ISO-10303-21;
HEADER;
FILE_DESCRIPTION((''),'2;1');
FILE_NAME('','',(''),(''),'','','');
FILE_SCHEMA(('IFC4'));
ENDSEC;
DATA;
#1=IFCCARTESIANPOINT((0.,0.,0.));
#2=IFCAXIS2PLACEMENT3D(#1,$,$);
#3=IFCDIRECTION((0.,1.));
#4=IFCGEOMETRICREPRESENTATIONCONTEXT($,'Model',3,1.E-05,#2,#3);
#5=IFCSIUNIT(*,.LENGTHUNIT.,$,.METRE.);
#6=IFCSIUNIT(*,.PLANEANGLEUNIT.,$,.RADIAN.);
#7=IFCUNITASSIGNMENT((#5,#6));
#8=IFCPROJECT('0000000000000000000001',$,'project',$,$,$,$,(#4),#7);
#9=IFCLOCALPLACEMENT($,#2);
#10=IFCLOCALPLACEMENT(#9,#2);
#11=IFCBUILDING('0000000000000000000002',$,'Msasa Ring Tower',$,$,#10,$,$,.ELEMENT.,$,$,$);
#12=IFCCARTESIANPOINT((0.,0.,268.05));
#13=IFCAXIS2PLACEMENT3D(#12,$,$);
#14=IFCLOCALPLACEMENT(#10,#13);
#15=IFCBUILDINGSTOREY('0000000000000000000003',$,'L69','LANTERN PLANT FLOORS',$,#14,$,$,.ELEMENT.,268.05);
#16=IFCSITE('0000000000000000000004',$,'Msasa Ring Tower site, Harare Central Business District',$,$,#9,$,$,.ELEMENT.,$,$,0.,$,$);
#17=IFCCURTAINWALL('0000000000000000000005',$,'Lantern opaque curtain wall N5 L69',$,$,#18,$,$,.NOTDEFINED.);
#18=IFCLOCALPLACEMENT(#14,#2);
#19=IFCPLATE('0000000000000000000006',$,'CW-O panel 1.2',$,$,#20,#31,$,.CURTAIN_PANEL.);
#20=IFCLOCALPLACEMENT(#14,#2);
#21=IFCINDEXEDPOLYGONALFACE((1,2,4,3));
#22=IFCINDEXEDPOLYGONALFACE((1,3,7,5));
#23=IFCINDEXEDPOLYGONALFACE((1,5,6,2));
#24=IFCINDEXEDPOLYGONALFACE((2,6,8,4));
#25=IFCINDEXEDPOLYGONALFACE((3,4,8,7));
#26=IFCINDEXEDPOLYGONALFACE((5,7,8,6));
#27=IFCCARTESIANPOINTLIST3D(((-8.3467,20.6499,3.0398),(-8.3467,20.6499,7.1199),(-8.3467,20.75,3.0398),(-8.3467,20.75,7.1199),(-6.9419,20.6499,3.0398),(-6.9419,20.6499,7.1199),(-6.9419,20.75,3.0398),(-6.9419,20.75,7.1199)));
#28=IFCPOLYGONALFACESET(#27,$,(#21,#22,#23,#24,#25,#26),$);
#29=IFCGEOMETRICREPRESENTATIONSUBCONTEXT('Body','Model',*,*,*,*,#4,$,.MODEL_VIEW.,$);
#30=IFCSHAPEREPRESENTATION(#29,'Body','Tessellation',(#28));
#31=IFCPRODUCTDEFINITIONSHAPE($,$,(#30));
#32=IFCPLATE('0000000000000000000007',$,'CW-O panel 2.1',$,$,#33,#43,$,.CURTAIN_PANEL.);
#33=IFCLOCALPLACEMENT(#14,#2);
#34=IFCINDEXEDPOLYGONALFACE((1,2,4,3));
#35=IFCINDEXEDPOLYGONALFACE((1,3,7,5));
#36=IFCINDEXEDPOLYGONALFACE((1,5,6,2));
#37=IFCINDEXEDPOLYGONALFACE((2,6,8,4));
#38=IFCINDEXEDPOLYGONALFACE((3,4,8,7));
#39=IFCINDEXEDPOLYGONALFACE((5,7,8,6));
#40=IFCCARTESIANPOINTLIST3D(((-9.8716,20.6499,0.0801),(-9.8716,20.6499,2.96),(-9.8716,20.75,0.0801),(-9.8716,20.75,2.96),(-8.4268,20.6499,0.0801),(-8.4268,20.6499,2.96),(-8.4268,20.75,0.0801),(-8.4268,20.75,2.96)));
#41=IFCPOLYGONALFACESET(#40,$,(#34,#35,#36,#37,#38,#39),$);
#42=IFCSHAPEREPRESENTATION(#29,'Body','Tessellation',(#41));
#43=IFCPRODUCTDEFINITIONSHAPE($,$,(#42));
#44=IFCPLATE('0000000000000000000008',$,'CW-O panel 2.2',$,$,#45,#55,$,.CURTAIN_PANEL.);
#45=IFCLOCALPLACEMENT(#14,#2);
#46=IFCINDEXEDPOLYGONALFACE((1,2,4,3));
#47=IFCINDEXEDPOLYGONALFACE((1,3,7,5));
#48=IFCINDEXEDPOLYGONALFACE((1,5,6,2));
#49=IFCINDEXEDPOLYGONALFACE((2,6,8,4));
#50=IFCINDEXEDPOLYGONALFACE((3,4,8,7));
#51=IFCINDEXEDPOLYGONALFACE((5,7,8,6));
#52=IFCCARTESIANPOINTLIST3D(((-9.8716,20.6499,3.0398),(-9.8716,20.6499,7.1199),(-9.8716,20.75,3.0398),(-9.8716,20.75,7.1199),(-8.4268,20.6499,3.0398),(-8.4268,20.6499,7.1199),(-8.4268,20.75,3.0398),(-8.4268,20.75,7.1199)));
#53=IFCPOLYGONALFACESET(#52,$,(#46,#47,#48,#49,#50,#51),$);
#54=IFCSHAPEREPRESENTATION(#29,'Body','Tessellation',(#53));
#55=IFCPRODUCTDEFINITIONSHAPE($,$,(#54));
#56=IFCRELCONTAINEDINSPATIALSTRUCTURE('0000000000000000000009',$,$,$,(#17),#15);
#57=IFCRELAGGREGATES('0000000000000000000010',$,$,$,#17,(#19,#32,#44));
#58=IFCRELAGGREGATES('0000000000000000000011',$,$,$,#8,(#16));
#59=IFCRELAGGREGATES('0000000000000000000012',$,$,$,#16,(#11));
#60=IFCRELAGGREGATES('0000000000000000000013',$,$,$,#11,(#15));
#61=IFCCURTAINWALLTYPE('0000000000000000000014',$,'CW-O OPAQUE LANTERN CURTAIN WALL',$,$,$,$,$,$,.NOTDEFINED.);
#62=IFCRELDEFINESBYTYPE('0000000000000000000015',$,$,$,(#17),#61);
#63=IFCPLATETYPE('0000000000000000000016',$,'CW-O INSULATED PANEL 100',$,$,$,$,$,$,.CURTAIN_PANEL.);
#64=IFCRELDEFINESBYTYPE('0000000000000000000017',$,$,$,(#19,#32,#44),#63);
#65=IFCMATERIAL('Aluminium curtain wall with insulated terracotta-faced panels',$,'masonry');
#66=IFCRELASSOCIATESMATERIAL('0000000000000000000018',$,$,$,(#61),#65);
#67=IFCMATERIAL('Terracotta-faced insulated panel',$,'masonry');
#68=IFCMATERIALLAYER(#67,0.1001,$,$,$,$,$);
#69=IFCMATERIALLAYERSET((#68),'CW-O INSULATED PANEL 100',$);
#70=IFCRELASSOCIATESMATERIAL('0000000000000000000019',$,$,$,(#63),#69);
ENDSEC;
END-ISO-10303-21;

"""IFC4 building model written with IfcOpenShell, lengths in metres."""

from ifc_helpers import new_model, si_unit, direction, frame, origin, origin_2d, place, context, subcontext, project, spatial, rectangle, extrude, material, layer, layer_set, type_object, element, aggregate, save


model = new_model("IFC4")

# Units and contexts
model_context = context("Model", 3, precision=1e-05, world=origin(), true_north=direction((0.0, 1.0)))
body_context = subcontext(model_context, "Body", "Model", "MODEL_VIEW")
ifc_project = project(units=[si_unit("LENGTHUNIT", "METRE"), si_unit("PLANEANGLEUNIT", "RADIAN")], contexts=[model_context])

# Site, building, storey
site_placement = place(None, origin())
site = spatial("IfcSite", under=ifc_project, at=site_placement, Name="Msasa Ring Tower site, Harare Central Business District", CompositionType="ELEMENT", RefElevation=0.0)
building_placement = place(site_placement, origin())
building = spatial("IfcBuilding", under=site, at=building_placement, Name="Msasa Ring Tower", CompositionType="ELEMENT")
storey_placement = place(building_placement, frame((0.0, 0.0, 268.05)))
storey = spatial("IfcBuildingStorey", under=building, at=storey_placement, Name="L69", Description="LANTERN PLANT FLOORS", CompositionType="ELEMENT", Elevation=268.05)

# Curtain wall
ifc_material_1 = material(Name="Aluminium curtain wall with insulated terracotta-faced panels", Category="masonry")
curtain_wall_type_1 = type_object("IfcCurtainWallType", Name="CW-O OPAQUE LANTERN CURTAIN WALL", PredefinedType="NOTDEFINED", material=ifc_material_1)
curtain_wall_1_placement = place(storey_placement, origin())
curtain_wall_1 = element("IfcCurtainWall", 1, at=curtain_wall_1_placement, inside=storey, type_object=curtain_wall_type_1, Name="Lantern opaque curtain wall N5 L69", PredefinedType="NOTDEFINED")

# Plates
ifc_material_2 = material(Name="Terracotta-faced insulated panel", Category="masonry")
ifc_layer_1 = layer(ifc_material_2, 0.1001)
ifc_layer_set_1 = layer_set([ifc_layer_1], Name="CW-O INSULATED PANEL 100")
plate_type_1 = type_object("IfcPlateType", Name="CW-O INSULATED PANEL 100", PredefinedType="CURTAIN_PANEL", material=ifc_layer_set_1)
plate_1_placement = place(storey_placement, frame((-7.6443, 20.7, 3.0398), z_axis=(0.0, 0.0, 1.0), x_axis=(-1.0, 0.0, 0.0)))
plate_1 = element("IfcPlate", 2, at=plate_1_placement, type_object=plate_type_1, Name="CW-O panel 1.2", PredefinedType="CURTAIN_PANEL", context=body_context, shape_type="SweptSolid", body=[
    extrude(rectangle(XDim=1.4048, YDim=0.1001, at=origin_2d()), origin(), (0.0, 0.0, 1.0), 4.0801),
])
plate_2_placement = place(storey_placement, frame((-9.1492, 20.7, 0.0801), z_axis=(0.0, 0.0, 1.0), x_axis=(-1.0, 0.0, 0.0)))
plate_2 = element("IfcPlate", 3, at=plate_2_placement, type_object=plate_type_1, Name="CW-O panel 2.1", PredefinedType="CURTAIN_PANEL", context=body_context, shape_type="SweptSolid", body=[
    extrude(rectangle(XDim=1.4448, YDim=0.1001, at=origin_2d()), origin(), (0.0, 0.0, 1.0), 2.8799),
])
plate_3_placement = place(storey_placement, frame((-9.1492, 20.7, 3.0398), z_axis=(0.0, 0.0, 1.0), x_axis=(-1.0, 0.0, 0.0)))
plate_3 = element("IfcPlate", 4, at=plate_3_placement, type_object=plate_type_1, Name="CW-O panel 2.2", PredefinedType="CURTAIN_PANEL", context=body_context, shape_type="SweptSolid", body=[
    extrude(rectangle(XDim=1.4448, YDim=0.1001, at=origin_2d()), origin(), (0.0, 0.0, 1.0), 4.0801),
])
aggregate(curtain_wall_1, [plate_1, plate_2, plate_3])

save(model, "model.ifc")
